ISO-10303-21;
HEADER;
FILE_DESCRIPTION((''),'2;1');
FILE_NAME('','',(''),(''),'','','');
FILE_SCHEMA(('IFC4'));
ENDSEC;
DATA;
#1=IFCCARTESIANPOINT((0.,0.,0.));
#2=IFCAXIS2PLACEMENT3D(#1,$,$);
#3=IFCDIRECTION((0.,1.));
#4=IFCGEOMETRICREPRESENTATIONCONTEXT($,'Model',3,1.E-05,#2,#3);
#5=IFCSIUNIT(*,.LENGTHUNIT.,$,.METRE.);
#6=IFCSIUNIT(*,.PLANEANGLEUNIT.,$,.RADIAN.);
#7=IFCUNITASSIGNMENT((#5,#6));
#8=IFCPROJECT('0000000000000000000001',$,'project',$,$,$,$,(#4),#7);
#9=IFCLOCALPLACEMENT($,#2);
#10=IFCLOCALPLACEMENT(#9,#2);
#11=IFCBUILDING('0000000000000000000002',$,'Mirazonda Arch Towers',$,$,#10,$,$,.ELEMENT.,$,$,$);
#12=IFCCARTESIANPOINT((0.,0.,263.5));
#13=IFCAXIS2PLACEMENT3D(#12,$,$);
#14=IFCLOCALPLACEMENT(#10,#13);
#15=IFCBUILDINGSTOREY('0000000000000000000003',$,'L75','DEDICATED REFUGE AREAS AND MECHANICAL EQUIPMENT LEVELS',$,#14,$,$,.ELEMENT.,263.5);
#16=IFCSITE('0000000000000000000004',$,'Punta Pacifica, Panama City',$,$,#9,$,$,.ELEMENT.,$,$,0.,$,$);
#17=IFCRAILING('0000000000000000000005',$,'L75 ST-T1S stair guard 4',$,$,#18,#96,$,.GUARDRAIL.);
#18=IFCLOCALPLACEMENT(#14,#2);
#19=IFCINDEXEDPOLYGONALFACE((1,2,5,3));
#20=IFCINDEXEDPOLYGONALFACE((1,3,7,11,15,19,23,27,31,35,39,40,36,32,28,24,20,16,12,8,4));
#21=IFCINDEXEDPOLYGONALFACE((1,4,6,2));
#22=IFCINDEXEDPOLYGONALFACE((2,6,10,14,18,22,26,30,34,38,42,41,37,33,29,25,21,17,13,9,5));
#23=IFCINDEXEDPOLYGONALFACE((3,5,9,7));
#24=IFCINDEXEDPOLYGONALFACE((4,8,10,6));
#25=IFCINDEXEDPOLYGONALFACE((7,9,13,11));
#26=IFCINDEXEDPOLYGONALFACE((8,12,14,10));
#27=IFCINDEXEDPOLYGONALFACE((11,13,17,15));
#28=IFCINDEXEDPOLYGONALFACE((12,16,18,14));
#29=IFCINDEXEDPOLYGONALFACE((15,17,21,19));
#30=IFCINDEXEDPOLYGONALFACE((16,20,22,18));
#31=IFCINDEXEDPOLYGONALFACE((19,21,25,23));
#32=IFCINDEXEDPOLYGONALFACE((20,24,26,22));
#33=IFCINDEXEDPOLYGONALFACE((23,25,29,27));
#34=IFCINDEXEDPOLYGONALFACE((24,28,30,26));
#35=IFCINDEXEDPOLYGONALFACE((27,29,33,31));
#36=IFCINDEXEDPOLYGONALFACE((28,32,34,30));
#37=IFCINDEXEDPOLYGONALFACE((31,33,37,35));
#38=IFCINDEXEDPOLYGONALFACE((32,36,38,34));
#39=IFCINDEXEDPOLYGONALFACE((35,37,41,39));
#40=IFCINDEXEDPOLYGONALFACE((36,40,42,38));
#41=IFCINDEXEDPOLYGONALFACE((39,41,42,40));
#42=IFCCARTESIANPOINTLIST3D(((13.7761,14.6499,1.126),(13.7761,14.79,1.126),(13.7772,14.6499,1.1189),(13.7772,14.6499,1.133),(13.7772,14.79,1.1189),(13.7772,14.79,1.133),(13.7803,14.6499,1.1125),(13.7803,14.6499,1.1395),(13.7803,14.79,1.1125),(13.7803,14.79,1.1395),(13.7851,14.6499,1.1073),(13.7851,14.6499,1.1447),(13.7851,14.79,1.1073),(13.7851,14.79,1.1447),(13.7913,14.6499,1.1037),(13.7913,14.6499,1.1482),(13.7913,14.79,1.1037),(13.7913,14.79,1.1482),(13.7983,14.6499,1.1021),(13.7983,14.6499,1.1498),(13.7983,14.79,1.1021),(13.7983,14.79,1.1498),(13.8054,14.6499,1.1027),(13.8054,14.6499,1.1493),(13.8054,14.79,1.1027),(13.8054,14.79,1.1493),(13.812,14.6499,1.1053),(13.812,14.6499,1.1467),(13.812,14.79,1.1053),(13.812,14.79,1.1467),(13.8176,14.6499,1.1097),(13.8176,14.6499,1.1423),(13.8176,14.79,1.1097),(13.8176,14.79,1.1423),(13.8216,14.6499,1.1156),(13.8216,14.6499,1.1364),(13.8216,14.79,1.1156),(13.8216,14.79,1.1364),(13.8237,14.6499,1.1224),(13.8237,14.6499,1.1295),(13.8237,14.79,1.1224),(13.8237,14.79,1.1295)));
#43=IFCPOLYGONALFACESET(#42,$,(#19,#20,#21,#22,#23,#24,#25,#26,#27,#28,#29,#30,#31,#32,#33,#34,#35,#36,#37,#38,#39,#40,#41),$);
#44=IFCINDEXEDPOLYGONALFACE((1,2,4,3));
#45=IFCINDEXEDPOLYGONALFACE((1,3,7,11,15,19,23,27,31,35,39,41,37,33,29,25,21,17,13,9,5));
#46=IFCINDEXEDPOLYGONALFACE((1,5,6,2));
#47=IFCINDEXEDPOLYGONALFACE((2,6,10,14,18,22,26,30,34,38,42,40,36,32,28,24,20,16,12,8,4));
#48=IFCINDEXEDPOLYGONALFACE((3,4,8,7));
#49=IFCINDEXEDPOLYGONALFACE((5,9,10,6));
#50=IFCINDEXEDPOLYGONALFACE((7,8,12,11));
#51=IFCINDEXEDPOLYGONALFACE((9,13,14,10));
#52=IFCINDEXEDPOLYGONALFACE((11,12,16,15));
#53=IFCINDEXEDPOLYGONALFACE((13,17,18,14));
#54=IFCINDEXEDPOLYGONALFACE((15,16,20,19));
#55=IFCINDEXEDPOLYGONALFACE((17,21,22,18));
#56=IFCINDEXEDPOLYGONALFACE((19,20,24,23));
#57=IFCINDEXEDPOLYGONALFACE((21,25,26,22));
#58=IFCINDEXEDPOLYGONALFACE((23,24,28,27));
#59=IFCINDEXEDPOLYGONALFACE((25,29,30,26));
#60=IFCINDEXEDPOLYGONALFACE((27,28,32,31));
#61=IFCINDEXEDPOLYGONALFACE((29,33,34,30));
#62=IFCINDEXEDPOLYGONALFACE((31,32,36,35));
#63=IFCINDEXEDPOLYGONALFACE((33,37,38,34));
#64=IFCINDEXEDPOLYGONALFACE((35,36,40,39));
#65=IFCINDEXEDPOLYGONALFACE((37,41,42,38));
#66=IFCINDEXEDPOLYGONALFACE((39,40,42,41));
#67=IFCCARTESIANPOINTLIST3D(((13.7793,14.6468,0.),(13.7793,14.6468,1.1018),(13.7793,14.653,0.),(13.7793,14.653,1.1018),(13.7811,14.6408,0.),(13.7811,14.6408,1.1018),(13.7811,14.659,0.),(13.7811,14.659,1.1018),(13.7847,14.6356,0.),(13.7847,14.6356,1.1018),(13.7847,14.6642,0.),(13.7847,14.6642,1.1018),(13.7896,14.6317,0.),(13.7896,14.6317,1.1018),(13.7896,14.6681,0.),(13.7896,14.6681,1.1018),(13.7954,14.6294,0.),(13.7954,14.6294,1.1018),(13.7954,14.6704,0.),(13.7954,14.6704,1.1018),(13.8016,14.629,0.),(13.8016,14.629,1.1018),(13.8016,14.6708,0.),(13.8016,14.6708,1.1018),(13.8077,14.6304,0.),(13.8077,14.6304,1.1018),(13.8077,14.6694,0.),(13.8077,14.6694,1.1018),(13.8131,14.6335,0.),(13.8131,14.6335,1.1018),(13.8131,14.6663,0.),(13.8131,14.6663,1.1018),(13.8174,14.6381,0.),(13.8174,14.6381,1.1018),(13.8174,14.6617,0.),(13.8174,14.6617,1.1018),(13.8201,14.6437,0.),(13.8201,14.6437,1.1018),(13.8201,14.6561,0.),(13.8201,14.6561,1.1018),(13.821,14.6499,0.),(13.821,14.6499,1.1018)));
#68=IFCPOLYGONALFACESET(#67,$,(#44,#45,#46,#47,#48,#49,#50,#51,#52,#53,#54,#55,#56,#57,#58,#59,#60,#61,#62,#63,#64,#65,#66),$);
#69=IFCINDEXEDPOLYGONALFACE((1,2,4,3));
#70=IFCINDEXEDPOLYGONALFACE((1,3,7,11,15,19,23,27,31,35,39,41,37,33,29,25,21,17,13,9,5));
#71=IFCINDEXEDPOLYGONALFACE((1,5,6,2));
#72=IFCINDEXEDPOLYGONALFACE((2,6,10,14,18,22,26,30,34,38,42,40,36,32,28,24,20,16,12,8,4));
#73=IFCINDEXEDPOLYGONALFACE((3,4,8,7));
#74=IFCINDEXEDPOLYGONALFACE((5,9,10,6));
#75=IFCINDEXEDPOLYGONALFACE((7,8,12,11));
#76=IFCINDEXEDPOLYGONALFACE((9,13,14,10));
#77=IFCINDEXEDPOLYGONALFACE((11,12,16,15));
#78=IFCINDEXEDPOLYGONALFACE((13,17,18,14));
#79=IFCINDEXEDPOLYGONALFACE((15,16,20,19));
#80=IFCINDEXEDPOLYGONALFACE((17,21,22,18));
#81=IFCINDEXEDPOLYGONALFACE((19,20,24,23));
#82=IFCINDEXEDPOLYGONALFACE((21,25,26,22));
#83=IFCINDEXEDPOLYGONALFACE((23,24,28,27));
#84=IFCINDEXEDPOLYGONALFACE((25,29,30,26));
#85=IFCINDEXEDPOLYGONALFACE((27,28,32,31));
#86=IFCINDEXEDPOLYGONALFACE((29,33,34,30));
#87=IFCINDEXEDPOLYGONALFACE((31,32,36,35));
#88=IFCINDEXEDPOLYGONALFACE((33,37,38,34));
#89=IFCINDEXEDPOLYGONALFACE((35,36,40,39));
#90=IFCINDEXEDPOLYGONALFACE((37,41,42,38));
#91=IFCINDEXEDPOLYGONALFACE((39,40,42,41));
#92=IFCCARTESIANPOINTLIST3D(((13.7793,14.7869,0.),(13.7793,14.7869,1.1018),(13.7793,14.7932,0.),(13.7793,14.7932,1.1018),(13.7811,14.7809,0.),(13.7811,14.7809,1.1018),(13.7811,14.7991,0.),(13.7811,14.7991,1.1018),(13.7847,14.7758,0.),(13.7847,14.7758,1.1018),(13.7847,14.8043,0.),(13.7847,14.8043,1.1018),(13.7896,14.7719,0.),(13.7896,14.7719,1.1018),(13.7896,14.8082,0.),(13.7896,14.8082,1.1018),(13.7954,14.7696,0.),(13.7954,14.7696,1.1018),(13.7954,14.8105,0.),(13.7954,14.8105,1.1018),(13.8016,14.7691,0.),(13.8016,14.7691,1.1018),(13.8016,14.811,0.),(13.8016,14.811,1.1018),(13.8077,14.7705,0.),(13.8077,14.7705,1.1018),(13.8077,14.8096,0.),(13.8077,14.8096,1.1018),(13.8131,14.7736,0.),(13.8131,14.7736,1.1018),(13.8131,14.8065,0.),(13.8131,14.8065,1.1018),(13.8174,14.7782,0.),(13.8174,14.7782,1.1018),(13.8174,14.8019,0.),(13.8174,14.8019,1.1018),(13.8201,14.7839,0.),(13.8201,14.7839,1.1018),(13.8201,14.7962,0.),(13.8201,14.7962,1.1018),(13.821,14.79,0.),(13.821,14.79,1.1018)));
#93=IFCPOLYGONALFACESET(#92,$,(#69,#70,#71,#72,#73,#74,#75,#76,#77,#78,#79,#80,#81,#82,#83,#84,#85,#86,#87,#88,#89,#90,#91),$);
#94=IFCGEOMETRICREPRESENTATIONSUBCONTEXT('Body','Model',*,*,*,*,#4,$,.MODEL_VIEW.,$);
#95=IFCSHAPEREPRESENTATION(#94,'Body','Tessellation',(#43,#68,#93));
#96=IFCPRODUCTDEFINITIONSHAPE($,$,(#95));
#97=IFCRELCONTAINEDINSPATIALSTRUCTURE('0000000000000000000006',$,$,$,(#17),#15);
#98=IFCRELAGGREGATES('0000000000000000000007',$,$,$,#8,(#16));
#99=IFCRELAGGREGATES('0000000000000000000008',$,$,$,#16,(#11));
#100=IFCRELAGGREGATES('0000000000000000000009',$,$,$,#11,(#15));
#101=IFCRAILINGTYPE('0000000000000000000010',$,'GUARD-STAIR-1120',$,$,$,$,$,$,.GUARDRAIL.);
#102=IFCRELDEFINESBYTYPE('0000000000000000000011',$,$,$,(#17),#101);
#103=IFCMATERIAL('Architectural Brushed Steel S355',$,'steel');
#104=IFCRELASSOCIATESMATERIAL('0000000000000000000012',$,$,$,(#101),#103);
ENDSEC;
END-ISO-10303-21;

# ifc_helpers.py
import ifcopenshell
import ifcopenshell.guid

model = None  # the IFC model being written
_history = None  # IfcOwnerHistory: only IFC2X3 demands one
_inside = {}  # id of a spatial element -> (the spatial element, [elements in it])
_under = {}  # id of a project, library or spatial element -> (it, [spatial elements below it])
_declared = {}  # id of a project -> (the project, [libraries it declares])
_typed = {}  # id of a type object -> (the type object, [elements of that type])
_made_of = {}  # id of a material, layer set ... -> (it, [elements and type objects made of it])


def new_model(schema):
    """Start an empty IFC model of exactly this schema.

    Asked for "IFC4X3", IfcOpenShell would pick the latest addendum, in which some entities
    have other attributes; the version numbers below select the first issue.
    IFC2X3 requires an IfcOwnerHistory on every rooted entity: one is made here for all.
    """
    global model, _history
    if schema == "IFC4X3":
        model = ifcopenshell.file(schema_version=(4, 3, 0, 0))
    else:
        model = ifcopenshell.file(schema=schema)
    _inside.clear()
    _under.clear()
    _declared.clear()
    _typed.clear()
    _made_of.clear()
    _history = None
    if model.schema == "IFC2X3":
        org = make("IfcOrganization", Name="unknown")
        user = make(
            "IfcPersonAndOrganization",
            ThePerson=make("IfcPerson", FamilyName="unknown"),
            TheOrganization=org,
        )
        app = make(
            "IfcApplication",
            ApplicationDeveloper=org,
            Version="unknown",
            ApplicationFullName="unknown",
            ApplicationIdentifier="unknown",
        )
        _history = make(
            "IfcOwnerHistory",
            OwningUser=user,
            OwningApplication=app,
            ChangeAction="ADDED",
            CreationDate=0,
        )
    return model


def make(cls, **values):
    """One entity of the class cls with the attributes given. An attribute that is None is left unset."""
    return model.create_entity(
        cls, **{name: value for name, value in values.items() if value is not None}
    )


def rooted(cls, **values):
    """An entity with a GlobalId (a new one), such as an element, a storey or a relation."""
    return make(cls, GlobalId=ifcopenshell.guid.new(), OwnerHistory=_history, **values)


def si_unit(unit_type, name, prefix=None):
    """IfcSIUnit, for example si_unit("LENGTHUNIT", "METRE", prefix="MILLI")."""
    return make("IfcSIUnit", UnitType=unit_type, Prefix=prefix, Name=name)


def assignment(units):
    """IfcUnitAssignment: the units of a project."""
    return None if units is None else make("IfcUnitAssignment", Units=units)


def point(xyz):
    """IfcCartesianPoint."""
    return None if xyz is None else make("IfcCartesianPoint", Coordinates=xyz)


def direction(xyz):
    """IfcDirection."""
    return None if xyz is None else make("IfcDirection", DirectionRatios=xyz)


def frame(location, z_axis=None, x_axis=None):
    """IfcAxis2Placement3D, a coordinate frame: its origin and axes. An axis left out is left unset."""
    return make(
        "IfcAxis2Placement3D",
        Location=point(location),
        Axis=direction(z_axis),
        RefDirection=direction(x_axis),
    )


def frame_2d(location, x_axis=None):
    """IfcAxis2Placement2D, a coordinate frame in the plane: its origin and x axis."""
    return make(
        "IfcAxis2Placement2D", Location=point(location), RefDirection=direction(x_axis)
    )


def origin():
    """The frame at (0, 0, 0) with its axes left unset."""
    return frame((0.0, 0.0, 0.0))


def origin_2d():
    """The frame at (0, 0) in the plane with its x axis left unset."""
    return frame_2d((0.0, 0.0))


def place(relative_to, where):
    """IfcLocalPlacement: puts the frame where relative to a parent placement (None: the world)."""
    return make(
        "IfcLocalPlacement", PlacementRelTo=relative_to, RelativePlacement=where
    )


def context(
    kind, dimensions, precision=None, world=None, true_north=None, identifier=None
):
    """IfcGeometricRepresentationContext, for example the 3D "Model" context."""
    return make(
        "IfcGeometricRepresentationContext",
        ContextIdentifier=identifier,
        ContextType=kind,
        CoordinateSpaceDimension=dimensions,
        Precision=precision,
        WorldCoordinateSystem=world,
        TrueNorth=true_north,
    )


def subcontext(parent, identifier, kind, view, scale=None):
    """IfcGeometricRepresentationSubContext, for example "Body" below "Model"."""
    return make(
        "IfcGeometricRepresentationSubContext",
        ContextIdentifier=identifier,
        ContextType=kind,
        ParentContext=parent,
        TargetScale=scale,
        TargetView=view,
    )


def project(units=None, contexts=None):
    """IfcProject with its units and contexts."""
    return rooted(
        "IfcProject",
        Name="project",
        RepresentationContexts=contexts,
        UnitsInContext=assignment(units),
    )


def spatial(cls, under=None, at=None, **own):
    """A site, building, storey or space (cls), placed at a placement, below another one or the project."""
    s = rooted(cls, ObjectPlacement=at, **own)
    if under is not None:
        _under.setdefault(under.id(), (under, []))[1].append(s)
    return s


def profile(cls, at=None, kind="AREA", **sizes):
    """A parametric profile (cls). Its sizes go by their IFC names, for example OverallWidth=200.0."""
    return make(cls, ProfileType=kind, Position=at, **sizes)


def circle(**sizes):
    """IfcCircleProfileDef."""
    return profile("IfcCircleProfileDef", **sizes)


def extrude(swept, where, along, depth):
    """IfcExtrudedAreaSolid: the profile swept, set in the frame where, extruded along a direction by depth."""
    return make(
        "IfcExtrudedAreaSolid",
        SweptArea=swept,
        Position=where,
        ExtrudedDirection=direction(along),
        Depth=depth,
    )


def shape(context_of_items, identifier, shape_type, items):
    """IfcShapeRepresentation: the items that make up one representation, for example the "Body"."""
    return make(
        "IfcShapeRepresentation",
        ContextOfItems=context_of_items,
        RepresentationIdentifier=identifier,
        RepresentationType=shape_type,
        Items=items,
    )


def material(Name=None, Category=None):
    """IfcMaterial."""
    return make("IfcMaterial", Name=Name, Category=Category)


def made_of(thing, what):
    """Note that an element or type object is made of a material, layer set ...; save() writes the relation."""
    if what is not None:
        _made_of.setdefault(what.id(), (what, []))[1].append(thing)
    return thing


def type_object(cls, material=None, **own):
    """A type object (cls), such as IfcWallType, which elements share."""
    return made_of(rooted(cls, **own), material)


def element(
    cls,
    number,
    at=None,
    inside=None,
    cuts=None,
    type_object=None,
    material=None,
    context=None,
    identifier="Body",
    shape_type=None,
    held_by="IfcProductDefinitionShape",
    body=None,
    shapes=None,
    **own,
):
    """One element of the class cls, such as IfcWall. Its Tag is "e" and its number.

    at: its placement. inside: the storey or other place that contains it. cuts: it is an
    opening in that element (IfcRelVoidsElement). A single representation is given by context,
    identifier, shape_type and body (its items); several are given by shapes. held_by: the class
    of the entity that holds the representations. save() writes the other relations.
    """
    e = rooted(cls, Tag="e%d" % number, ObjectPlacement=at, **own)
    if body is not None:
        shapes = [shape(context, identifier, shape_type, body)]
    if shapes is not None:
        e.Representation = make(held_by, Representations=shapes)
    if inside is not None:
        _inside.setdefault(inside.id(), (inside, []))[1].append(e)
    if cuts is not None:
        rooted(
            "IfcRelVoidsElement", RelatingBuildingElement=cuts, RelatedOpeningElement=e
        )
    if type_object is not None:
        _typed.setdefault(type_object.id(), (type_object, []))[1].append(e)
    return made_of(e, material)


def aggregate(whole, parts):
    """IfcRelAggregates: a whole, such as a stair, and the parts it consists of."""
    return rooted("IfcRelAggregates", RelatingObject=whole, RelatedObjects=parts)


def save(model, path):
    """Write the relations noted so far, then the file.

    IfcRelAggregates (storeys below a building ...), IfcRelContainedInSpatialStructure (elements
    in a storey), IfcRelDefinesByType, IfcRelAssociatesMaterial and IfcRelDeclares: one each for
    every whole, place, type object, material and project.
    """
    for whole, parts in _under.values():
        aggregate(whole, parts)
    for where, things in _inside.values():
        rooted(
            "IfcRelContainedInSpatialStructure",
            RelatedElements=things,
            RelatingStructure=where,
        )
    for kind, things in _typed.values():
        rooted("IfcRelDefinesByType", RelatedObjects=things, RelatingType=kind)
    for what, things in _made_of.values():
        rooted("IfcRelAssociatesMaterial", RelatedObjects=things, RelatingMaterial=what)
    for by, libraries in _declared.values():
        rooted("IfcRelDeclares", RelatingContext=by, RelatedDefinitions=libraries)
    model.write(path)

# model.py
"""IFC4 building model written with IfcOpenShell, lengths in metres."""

from ifc_helpers import new_model, si_unit, direction, frame, origin, origin_2d, place, context, subcontext, project, spatial, circle, extrude, material, type_object, element, save


model = new_model("IFC4")

# Units and contexts
model_context = context("Model", 3, precision=1e-05, world=origin(), true_north=direction((0.0, 1.0)))
body_context = subcontext(model_context, "Body", "Model", "MODEL_VIEW")
ifc_project = project(units=[si_unit("LENGTHUNIT", "METRE"), si_unit("PLANEANGLEUNIT", "RADIAN")], contexts=[model_context])

# Site, building, storey
site_placement = place(None, origin())
site = spatial("IfcSite", under=ifc_project, at=site_placement, Name="Punta Pacifica, Panama City", CompositionType="ELEMENT", RefElevation=0.0)
building_placement = place(site_placement, origin())
building = spatial("IfcBuilding", under=site, at=building_placement, Name="Mirazonda Arch Towers", CompositionType="ELEMENT")
storey_placement = place(building_placement, frame((0.0, 0.0, 263.5)))
storey = spatial("IfcBuildingStorey", under=building, at=storey_placement, Name="L75", Description="DEDICATED REFUGE AREAS AND MECHANICAL EQUIPMENT LEVELS", CompositionType="ELEMENT", Elevation=263.5)

# Railing
ifc_material_1 = material(Name="Architectural Brushed Steel S355", Category="steel")
railing_type_1 = type_object("IfcRailingType", Name="GUARD-STAIR-1120", PredefinedType="GUARDRAIL", material=ifc_material_1)
railing_1_placement = place(storey_placement, frame((13.8, 14.6499, 0.0)))
element("IfcRailing", 1, at=railing_1_placement, inside=storey, type_object=railing_type_1, Name="L75 ST-T1S stair guard 4", PredefinedType="GUARDRAIL", context=body_context, shape_type="SweptSolid", body=[
    extrude(circle(Radius=0.0239, at=origin_2d()), frame((0.0, 0.0, 1.126), z_axis=(0.0, 1.0, 0.0), x_axis=(-1.0, 0.0, 0.0)), (0.0, 0.0, 1.0), 0.1401),
    extrude(circle(Radius=0.021, at=origin_2d()), origin(), (0.0, 0.0, 1.0), 1.1018),
    extrude(circle(Radius=0.021, at=origin_2d()), frame((0.0, 0.1401, 0.0)), (0.0, 0.0, 1.0), 1.1018),
])

save(model, "model.ifc")
